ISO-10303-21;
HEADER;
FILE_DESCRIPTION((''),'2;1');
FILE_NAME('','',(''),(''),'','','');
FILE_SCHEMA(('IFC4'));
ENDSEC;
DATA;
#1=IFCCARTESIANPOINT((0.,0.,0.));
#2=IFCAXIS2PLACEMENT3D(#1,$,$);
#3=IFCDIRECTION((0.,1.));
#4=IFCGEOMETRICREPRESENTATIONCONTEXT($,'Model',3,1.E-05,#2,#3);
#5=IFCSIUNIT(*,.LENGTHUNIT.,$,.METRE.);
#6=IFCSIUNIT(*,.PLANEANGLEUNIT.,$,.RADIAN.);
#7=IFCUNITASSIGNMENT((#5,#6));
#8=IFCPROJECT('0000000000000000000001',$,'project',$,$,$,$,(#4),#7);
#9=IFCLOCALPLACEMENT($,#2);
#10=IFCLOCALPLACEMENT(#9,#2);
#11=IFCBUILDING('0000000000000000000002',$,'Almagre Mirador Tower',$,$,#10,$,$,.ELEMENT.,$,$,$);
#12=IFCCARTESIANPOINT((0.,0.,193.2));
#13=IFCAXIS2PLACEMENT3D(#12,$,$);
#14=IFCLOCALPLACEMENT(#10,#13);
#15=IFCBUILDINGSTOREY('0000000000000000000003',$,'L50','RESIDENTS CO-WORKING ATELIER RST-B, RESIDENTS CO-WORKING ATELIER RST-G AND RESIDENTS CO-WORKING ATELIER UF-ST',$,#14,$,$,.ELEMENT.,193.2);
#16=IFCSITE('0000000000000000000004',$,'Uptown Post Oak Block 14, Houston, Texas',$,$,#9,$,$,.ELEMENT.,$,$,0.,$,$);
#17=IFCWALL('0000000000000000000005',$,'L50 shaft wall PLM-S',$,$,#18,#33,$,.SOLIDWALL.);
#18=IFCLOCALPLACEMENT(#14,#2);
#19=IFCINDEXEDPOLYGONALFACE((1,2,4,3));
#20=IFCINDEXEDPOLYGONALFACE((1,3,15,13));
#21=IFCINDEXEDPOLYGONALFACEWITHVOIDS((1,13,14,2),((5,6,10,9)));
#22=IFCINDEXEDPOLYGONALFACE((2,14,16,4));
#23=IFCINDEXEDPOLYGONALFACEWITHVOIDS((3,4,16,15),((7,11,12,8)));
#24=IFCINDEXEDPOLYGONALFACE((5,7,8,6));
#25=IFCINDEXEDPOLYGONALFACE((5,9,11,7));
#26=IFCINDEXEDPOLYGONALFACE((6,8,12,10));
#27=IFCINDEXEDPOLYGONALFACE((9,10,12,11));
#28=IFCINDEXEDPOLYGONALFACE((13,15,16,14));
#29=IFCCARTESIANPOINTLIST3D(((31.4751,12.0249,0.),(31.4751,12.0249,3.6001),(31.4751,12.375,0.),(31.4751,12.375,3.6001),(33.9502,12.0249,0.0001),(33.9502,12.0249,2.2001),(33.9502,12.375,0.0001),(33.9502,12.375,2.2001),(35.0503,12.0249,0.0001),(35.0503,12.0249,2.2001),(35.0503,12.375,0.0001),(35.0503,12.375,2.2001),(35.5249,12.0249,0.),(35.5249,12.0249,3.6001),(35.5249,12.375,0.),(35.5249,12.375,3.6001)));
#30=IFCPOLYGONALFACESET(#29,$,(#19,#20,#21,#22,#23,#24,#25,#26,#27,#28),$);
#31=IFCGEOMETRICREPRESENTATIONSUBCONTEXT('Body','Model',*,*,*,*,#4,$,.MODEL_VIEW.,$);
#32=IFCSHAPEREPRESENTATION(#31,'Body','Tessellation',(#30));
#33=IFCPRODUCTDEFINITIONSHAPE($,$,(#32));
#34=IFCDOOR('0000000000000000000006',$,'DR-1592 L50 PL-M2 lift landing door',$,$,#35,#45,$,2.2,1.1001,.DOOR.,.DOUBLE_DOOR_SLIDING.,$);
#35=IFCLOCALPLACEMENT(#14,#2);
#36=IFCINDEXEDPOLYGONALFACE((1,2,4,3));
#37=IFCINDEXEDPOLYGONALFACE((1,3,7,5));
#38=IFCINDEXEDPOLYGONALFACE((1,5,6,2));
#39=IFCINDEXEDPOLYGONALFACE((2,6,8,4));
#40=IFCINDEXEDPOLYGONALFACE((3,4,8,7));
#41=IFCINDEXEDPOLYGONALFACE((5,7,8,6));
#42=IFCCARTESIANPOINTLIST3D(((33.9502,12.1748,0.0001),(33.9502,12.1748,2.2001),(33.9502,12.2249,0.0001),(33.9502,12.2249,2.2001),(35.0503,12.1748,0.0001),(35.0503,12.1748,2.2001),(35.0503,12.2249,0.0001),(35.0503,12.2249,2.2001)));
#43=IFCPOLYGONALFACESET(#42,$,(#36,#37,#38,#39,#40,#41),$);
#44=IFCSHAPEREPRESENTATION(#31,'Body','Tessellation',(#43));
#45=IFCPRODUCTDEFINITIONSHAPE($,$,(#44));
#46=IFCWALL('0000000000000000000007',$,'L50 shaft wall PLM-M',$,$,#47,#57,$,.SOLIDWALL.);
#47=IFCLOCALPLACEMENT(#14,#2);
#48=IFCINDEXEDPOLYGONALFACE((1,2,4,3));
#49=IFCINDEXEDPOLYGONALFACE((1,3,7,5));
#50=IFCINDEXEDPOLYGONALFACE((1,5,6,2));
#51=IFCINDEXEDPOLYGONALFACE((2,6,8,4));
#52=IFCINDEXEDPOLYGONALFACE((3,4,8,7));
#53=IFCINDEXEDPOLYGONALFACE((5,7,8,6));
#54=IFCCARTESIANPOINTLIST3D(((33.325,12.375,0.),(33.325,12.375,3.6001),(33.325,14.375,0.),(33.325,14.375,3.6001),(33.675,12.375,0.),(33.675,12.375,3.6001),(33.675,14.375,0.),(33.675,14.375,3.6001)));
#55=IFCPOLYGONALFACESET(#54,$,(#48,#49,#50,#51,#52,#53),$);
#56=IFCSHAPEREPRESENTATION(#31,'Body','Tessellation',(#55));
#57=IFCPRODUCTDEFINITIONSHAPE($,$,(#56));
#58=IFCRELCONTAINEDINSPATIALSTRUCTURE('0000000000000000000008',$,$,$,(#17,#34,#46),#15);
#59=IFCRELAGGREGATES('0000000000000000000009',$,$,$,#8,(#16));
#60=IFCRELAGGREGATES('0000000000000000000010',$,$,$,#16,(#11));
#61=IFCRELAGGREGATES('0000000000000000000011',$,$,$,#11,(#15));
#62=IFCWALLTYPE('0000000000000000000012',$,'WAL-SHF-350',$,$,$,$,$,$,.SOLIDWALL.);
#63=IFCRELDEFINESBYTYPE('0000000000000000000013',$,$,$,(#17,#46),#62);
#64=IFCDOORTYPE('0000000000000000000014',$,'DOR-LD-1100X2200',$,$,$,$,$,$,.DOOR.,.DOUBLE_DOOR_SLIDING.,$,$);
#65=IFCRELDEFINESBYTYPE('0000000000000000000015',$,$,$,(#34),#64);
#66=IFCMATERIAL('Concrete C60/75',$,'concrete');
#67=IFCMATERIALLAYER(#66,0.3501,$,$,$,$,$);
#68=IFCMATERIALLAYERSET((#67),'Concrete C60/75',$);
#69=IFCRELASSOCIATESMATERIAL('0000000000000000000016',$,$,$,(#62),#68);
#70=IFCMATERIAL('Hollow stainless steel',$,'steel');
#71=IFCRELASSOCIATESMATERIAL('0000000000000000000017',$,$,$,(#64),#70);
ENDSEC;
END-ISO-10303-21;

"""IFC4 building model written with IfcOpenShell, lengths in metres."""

from ifc_helpers import new_model, si_unit, direction, frame, frame_2d, origin, place, context, subcontext, project, spatial, rectangle, extrude, material, layer, layer_set, type_object, element, fill, save


model = new_model("IFC4")

# Units and contexts
model_context = context("Model", 3, precision=1e-05, world=origin(), true_north=direction((0.0, 1.0)))
body_context = subcontext(model_context, "Body", "Model", "MODEL_VIEW")
ifc_project = project(units=[si_unit("LENGTHUNIT", "METRE"), si_unit("PLANEANGLEUNIT", "RADIAN")], contexts=[model_context])

# Site, building, storey
site_placement = place(None, origin())
site = spatial("IfcSite", under=ifc_project, at=site_placement, Name="Uptown Post Oak Block 14, Houston, Texas", CompositionType="ELEMENT", RefElevation=0.0)
building_placement = place(site_placement, origin())
building = spatial("IfcBuilding", under=site, at=building_placement, Name="Almagre Mirador Tower", CompositionType="ELEMENT")
storey_placement = place(building_placement, frame((0.0, 0.0, 193.2)))
storey = spatial("IfcBuildingStorey", under=building, at=storey_placement, Name="L50", Description="RESIDENTS CO-WORKING ATELIER RST-B, RESIDENTS CO-WORKING ATELIER RST-G AND RESIDENTS CO-WORKING ATELIER UF-ST", CompositionType="ELEMENT", Elevation=193.2)

# Wall, opening, door
ifc_material_1 = material(Name="Concrete C60/75", Category="concrete")
ifc_layer_1 = layer(ifc_material_1, 0.3501)
ifc_layer_set_1 = layer_set([ifc_layer_1], Name="Concrete C60/75")
wall_type_1 = type_object("IfcWallType", Name="WAL-SHF-350", PredefinedType="SOLIDWALL", material=ifc_layer_set_1)
wall_1_placement = place(storey_placement, frame((31.4751, 12.2, 0.0), z_axis=(0.0, 0.0, 1.0), x_axis=(1.0, 0.0, 0.0)))
wall_1 = element("IfcWall", 1, at=wall_1_placement, inside=storey, type_object=wall_type_1, Name="L50 shaft wall PLM-S", PredefinedType="SOLIDWALL", context=body_context, shape_type="SweptSolid", body=[
    extrude(rectangle(XDim=4.0498, YDim=0.3501, at=frame_2d((2.0249, 0.0))), origin(), (0.0, 0.0, 1.0), 3.6001),
])
opening_placement = place(wall_1_placement, frame((2.4751, 0.0, 0.0)))
opening = element("IfcOpeningElement", 2, at=opening_placement, cuts=wall_1, PredefinedType="OPENING", context=body_context, shape_type="SweptSolid", body=[
    extrude(rectangle(XDim=1.1001, YDim=2.2, at=frame_2d((0.55, 1.1001))), frame((0.0, 0.185, 0.0), z_axis=(0.0, -1.0, 0.0), x_axis=(1.0, 0.0, 0.0)), (0.0, 0.0, 1.0), 0.3701),
])
ifc_material_2 = material(Name="Hollow stainless steel", Category="steel")
door_type = type_object("IfcDoorType", Name="DOR-LD-1100X2200", OperationType="DOUBLE_DOOR_SLIDING", PredefinedType="DOOR", material=ifc_material_2)
door_placement = place(opening_placement, origin())
door = element("IfcDoor", 3, at=door_placement, inside=storey, type_object=door_type, Name="DR-1592 L50 PL-M2 lift landing door", OperationType="DOUBLE_DOOR_SLIDING", OverallHeight=2.2, OverallWidth=1.1001, PredefinedType="DOOR", context=body_context, shape_type="SweptSolid", body=[
    extrude(rectangle(XDim=1.1001, YDim=2.2, at=frame_2d((0.55, 1.1001))), frame((0.0, 0.0249, 0.0), z_axis=(0.0, -1.0, 0.0), x_axis=(1.0, 0.0, 0.0)), (0.0, 0.0, 1.0), 0.05),
])
fill(opening, door)

# Wall
wall_2_placement = place(storey_placement, frame((33.5, 12.375, 0.0), z_axis=(0.0, 0.0, 1.0), x_axis=(0.0, 1.0, 0.0)))
element("IfcWall", 4, at=wall_2_placement, inside=storey, type_object=wall_type_1, Name="L50 shaft wall PLM-M", PredefinedType="SOLIDWALL", context=body_context, shape_type="SweptSolid", body=[
    extrude(rectangle(XDim=2.0, YDim=0.3501, at=frame_2d((1.0, 0.0))), origin(), (0.0, 0.0, 1.0), 3.6001),
])

save(model, "model.ifc")
